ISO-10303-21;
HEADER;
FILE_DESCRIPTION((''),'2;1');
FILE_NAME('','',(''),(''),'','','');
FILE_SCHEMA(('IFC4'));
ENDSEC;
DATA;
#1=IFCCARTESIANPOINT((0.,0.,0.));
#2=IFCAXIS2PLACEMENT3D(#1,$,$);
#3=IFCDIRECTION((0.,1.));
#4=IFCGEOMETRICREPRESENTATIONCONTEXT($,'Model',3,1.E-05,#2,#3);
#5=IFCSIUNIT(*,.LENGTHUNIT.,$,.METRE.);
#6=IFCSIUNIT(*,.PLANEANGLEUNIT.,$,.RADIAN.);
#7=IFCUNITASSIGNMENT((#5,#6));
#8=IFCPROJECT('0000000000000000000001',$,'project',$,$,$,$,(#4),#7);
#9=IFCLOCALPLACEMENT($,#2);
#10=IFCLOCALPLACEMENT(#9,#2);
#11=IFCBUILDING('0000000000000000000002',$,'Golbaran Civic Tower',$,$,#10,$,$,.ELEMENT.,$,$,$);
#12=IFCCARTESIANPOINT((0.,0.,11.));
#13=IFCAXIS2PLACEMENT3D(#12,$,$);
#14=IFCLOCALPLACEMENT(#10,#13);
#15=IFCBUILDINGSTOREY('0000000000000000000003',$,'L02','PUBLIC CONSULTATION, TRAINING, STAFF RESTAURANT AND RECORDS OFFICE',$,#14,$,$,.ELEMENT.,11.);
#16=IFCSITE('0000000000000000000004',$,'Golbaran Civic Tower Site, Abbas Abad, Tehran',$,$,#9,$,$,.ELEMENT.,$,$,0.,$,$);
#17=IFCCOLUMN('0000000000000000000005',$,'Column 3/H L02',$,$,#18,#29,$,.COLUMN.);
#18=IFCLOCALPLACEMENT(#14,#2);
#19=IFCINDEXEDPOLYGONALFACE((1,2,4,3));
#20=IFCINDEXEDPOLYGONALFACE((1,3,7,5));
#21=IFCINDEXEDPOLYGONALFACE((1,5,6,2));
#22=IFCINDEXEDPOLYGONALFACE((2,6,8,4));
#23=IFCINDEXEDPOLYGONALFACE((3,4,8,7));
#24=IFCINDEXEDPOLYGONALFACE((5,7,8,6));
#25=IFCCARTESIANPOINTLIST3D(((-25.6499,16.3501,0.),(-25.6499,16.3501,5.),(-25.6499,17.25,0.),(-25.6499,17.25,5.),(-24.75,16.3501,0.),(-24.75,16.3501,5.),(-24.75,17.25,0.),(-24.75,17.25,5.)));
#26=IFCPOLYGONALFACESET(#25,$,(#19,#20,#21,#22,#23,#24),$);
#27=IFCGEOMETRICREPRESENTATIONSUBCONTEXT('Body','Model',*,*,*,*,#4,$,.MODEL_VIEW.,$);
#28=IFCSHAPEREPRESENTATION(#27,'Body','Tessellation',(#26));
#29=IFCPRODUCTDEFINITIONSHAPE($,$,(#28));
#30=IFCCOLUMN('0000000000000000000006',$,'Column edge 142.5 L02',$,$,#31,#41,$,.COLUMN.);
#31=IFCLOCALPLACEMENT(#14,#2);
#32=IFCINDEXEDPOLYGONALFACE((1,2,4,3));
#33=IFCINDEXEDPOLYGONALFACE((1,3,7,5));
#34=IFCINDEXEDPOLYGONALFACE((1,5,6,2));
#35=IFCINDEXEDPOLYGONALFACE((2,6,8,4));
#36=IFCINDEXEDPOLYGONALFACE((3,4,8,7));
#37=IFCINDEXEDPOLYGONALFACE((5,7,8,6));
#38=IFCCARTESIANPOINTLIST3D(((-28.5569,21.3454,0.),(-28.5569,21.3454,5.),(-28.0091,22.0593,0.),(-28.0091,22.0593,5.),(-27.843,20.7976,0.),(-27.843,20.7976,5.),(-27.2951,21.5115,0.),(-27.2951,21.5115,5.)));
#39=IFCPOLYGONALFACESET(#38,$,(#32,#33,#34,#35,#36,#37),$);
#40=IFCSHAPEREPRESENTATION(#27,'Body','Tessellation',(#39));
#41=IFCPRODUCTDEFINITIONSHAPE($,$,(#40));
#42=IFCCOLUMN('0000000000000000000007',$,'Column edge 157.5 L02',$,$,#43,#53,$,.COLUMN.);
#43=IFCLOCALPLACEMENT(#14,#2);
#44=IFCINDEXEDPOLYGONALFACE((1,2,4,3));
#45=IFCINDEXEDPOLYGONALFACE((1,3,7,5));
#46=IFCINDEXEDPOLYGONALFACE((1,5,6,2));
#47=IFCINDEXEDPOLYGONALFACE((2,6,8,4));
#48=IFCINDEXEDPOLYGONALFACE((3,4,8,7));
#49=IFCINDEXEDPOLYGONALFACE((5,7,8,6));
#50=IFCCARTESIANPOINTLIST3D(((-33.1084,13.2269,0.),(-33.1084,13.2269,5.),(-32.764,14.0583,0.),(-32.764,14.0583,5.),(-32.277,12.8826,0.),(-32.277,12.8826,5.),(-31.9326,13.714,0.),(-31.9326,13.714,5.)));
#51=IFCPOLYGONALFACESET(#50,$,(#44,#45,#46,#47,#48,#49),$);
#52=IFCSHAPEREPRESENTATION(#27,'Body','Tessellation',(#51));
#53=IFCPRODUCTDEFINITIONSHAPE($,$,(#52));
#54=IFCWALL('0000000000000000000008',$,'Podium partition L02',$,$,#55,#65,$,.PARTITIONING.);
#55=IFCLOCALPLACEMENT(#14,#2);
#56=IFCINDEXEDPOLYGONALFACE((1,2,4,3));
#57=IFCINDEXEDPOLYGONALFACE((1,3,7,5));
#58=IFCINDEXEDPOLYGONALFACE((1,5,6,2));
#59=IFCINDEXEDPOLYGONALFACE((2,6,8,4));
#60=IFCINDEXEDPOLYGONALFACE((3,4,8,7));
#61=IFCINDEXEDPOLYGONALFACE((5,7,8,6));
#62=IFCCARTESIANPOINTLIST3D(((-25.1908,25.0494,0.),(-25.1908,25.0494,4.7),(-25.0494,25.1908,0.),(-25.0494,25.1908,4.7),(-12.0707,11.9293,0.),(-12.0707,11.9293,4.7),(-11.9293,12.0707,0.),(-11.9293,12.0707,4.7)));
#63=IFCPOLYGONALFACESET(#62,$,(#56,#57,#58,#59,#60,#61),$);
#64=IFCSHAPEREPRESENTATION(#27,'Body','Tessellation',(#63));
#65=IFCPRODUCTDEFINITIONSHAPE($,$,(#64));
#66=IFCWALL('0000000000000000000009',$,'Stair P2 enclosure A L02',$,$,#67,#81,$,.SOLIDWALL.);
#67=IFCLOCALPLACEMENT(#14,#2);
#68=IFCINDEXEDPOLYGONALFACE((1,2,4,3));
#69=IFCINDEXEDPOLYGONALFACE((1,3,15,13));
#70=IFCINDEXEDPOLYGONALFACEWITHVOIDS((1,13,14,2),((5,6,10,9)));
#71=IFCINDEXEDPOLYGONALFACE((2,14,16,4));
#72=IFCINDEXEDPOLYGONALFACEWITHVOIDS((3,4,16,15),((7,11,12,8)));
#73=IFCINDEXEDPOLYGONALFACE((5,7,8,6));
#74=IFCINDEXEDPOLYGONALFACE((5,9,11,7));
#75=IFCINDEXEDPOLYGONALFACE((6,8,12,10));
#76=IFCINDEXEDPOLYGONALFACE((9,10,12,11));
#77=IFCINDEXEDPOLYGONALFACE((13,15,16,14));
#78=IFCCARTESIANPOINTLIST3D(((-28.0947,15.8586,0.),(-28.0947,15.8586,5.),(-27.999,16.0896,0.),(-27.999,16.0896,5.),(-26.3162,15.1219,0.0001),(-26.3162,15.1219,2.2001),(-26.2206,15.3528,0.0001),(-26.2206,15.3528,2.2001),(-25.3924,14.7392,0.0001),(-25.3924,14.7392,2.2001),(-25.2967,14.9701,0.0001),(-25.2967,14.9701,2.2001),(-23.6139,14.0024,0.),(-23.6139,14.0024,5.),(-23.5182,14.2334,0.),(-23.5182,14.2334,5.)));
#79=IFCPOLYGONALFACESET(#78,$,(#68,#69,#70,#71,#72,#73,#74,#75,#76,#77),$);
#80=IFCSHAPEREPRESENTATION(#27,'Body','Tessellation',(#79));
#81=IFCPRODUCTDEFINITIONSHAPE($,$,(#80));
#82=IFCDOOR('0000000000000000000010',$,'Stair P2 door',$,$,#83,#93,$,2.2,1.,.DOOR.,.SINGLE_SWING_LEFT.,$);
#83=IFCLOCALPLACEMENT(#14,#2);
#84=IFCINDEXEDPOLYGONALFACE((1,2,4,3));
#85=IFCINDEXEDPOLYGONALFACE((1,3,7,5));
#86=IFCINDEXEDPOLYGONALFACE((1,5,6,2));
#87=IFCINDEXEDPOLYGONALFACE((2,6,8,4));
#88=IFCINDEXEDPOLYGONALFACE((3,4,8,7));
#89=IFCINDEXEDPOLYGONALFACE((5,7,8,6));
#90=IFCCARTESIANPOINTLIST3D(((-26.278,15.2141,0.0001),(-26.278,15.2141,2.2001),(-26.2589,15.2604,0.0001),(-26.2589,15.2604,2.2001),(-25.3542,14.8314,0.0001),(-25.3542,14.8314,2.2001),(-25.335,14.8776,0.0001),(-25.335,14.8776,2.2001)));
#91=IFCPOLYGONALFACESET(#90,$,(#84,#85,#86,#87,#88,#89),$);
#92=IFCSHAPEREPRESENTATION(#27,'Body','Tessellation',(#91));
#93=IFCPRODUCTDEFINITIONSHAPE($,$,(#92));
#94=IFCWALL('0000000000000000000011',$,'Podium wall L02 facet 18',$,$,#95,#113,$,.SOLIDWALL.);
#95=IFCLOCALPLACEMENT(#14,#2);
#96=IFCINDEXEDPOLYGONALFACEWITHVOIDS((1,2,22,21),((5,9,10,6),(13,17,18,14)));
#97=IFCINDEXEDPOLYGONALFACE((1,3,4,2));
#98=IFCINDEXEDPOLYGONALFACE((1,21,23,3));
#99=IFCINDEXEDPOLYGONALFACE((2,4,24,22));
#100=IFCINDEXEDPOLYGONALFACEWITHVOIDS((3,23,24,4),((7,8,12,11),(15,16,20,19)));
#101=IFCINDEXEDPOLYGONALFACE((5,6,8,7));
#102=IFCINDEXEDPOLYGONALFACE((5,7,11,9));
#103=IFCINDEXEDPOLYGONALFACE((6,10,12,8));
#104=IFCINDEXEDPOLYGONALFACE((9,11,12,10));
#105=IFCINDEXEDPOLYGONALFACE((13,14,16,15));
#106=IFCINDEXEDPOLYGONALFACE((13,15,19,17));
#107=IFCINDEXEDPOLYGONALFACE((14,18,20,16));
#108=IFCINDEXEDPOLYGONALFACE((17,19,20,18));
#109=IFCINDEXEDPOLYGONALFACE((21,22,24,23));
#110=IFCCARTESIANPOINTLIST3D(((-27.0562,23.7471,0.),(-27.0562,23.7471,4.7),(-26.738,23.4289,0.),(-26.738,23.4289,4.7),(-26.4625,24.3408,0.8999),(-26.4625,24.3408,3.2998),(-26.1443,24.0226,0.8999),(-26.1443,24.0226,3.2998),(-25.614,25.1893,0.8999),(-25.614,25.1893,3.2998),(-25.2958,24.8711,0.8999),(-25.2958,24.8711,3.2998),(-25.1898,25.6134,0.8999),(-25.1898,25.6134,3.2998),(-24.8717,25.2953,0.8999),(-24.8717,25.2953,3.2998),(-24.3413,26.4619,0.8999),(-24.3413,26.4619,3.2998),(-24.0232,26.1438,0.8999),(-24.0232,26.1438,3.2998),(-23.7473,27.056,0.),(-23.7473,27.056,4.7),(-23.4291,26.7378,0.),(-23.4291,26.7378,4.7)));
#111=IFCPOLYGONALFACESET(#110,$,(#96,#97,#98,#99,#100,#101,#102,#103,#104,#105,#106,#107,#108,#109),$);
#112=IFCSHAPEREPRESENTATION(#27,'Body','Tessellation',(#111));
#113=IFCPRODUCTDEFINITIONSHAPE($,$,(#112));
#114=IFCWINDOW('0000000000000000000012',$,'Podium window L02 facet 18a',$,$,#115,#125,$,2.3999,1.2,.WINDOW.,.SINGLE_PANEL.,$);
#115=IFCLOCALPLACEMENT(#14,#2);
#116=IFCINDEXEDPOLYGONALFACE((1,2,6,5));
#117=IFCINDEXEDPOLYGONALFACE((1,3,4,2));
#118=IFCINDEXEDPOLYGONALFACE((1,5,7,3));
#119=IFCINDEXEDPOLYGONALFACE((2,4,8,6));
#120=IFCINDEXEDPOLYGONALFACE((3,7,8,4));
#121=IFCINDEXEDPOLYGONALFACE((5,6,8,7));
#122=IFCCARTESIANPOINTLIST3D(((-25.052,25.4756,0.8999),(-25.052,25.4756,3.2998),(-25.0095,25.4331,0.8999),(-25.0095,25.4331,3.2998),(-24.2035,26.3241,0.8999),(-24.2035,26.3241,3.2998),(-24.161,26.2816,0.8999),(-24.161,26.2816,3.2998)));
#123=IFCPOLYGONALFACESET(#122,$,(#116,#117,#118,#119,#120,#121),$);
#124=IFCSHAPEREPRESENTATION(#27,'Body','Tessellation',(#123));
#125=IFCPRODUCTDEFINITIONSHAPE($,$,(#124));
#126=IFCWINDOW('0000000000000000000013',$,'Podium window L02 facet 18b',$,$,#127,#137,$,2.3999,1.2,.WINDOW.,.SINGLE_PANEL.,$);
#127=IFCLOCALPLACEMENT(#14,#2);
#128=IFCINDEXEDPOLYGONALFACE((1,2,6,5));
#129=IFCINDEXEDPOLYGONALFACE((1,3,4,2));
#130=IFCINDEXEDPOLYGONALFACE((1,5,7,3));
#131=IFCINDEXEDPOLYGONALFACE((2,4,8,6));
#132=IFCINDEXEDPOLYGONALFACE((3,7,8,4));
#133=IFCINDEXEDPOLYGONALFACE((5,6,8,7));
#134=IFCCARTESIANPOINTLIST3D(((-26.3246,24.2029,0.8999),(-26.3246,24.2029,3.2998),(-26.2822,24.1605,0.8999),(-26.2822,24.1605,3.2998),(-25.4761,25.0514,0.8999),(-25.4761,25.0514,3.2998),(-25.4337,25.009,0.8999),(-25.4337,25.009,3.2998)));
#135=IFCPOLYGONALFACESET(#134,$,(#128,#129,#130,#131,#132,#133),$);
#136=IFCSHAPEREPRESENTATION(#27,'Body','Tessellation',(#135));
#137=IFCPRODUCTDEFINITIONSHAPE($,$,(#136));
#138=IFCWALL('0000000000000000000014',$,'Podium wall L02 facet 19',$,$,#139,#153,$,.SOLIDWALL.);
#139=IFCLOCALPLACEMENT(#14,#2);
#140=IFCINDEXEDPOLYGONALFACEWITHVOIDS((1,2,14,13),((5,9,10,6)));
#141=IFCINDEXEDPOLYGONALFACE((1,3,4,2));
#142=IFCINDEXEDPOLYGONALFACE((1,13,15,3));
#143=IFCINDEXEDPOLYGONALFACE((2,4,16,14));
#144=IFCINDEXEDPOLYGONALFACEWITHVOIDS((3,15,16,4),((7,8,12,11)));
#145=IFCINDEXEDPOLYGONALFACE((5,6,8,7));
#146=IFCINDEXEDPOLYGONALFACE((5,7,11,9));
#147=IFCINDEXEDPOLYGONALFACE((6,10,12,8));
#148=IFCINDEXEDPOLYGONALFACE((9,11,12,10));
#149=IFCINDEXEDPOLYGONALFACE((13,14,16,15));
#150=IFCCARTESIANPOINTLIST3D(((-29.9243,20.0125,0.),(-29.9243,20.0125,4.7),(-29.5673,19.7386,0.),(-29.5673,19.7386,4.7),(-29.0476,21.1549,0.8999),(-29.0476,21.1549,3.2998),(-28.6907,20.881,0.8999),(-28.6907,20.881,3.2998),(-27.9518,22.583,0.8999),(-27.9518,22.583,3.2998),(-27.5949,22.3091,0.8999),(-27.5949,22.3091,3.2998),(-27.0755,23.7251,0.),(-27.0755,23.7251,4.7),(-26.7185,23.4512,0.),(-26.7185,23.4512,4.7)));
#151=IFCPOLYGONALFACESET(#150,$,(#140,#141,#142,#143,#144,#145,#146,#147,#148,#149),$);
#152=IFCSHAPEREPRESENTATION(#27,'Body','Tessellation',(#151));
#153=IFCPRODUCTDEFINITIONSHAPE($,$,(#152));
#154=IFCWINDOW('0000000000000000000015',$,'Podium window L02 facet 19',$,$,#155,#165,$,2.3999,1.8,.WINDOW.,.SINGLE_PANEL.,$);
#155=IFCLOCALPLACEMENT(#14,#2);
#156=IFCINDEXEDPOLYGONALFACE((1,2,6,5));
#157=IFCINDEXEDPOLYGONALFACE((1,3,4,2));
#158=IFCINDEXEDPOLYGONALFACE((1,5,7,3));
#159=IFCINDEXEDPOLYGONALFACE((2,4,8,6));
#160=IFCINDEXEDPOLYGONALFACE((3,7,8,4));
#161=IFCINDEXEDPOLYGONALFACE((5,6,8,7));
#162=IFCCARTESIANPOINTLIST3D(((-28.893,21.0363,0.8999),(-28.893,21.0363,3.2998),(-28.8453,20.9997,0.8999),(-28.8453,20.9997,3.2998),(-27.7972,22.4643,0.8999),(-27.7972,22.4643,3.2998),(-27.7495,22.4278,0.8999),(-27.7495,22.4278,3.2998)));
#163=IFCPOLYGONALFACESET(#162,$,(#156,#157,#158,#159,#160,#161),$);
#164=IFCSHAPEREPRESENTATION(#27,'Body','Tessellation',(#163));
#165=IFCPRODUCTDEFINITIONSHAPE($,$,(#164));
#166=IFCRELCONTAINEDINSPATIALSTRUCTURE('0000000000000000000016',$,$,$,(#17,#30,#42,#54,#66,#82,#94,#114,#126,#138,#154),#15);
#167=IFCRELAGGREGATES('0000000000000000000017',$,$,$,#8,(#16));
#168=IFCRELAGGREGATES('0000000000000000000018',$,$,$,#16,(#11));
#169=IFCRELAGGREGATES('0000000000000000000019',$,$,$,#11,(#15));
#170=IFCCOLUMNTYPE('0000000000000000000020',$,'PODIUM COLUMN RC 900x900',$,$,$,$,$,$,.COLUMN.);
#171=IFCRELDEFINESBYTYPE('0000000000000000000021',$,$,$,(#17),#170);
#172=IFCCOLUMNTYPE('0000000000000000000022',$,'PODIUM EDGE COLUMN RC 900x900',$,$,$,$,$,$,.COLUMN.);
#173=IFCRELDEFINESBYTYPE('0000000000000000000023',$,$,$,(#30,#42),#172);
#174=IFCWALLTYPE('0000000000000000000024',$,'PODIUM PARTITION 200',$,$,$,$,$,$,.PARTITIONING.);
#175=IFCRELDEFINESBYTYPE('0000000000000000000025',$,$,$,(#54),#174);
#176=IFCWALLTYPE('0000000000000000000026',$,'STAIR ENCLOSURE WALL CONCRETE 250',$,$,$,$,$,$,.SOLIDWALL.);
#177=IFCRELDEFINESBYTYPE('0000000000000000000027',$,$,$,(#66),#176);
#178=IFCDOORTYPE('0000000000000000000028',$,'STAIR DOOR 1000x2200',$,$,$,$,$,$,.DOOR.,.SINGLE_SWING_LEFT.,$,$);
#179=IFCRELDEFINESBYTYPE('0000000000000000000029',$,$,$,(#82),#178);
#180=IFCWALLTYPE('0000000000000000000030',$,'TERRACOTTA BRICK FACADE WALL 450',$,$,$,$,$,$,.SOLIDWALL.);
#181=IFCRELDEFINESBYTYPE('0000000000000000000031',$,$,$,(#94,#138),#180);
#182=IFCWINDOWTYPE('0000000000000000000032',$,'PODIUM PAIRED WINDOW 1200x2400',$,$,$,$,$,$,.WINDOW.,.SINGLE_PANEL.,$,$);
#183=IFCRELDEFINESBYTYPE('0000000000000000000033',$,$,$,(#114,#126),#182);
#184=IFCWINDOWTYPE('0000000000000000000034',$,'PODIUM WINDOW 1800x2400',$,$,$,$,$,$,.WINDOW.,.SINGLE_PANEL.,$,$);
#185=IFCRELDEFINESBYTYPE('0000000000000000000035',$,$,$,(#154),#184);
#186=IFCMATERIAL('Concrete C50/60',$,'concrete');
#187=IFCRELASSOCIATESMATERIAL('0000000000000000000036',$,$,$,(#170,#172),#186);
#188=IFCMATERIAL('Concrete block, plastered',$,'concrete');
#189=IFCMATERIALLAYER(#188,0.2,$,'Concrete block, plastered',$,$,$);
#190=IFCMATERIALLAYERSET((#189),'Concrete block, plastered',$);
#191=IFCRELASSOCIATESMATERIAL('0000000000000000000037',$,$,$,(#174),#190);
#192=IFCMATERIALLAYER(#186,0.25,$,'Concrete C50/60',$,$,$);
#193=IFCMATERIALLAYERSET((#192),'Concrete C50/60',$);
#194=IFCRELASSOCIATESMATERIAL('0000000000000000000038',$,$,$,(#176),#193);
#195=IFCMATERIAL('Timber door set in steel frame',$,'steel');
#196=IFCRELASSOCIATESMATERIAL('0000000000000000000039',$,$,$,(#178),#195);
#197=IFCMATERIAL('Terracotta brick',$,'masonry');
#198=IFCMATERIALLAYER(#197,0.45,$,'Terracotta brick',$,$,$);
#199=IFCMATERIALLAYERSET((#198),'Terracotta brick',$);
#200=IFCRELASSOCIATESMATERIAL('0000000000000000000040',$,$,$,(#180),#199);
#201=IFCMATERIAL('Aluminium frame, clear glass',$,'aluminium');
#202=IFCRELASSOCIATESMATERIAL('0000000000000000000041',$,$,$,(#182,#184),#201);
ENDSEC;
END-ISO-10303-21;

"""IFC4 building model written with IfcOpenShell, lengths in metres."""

from ifc_helpers import new_model, si_unit, direction, frame, frame_2d, origin, origin_2d, place, context, subcontext, project, spatial, rectangle, extrude, material, layer, layer_set, material_profile, profile_set, type_object, element, fill, save


model = new_model("IFC4")

# Units and contexts
model_context = context("Model", 3, precision=1e-05, world=origin(), true_north=direction((0.0, 1.0)))
body_context = subcontext(model_context, "Body", "Model", "MODEL_VIEW")
ifc_project = project(units=[si_unit("LENGTHUNIT", "METRE"), si_unit("PLANEANGLEUNIT", "RADIAN")], contexts=[model_context])

# Site, building, storey
site_placement = place(None, origin())
site = spatial("IfcSite", under=ifc_project, at=site_placement, Name="Golbaran Civic Tower Site, Abbas Abad, Tehran", CompositionType="ELEMENT", RefElevation=0.0)
building_placement = place(site_placement, origin())
building = spatial("IfcBuilding", under=site, at=building_placement, Name="Golbaran Civic Tower", CompositionType="ELEMENT")
storey_placement = place(building_placement, frame((0.0, 0.0, 11.0)))
storey = spatial("IfcBuildingStorey", under=building, at=storey_placement, Name="L02", Description="PUBLIC CONSULTATION, TRAINING, STAFF RESTAURANT AND RECORDS OFFICE", CompositionType="ELEMENT", Elevation=11.0)

# Columns
ifc_material_1 = material(Name="Concrete C50/60", Category="concrete")
ifc_material_profile_1 = material_profile(ifc_material_1, rectangle(XDim=0.8999, YDim=0.8999, at=origin_2d()), Name="RC 900x900")
ifc_profile_set_1 = profile_set([ifc_material_profile_1], Name="Concrete C50/60")
column_type_1 = type_object("IfcColumnType", Name="PODIUM COLUMN RC 900x900", PredefinedType="COLUMN", material=ifc_profile_set_1)
column_placement = place(storey_placement, frame((-25.2, 16.8, 0.0), z_axis=(0.0, 0.0, 1.0), x_axis=(1.0, 0.0, 0.0)))
element("IfcColumn", 1, at=column_placement, inside=storey, type_object=column_type_1, Name="Column 3/H L02", PredefinedType="COLUMN", context=body_context, shape_type="SweptSolid", body=[
    extrude(rectangle(XDim=0.8999, YDim=0.8999, at=origin_2d()), origin(), (0.0, 0.0, 1.0), 5.0),
])
ifc_material_profile_2 = material_profile(ifc_material_1, rectangle(XDim=0.8999, YDim=0.8999, at=origin_2d()), Name="RC 900x900")
ifc_profile_set_2 = profile_set([ifc_material_profile_2], Name="Concrete C50/60")
column_type_2 = type_object("IfcColumnType", Name="PODIUM EDGE COLUMN RC 900x900", PredefinedType="COLUMN", material=ifc_profile_set_2)
for number, where, z_axis, x_axis, name in (
    (2, (-27.926, 21.4285, 0.0), (0.0, 0.0, 1.0), (-0.793353, 0.608761, 0.0), "Column edge 142.5 L02"),
    (3, (-32.5205, 13.4705, 0.0), (0.0, 0.0, 1.0), (-0.92388, 0.382683, 0.0), "Column edge 157.5 L02"),
):
    element("IfcColumn", number, at=place(storey_placement, frame(where, z_axis=z_axis, x_axis=x_axis)), inside=storey, type_object=column_type_2, Name=name, PredefinedType="COLUMN", context=body_context, shape_type="SweptSolid", body=[
        extrude(rectangle(XDim=0.8999, YDim=0.8999, at=origin_2d()), origin(), (0.0, 0.0, 1.0), 5.0),
    ])

# Wall
ifc_material_2 = material(Name="Concrete block, plastered", Category="concrete")
ifc_layer_1 = layer(ifc_material_2, 0.2, Name="Concrete block, plastered")
ifc_layer_set_1 = layer_set([ifc_layer_1], Name="Concrete block, plastered")
wall_type_1 = type_object("IfcWallType", Name="PODIUM PARTITION 200", PredefinedType="PARTITIONING", material=ifc_layer_set_1)
wall_1_placement = place(storey_placement, frame((-25.1201, 25.1201, 0.0), z_axis=(0.0, 0.0, 1.0), x_axis=(0.707107, -0.707107, 0.0)))
element("IfcWall", 4, at=wall_1_placement, inside=storey, type_object=wall_type_1, Name="Podium partition L02", PredefinedType="PARTITIONING", context=body_context, shape_type="SweptSolid", body=[
    extrude(rectangle(XDim=18.5547, YDim=0.2, at=frame_2d((9.2773, 0.0))), origin(), (0.0, 0.0, 1.0), 4.7),
])

# Wall, opening, door
ifc_layer_2 = layer(ifc_material_1, 0.25, Name="Concrete C50/60")
ifc_layer_set_2 = layer_set([ifc_layer_2], Name="Concrete C50/60")
wall_type_2 = type_object("IfcWallType", Name="STAIR ENCLOSURE WALL CONCRETE 250", PredefinedType="SOLIDWALL", material=ifc_layer_set_2)
wall_2_placement = place(storey_placement, frame((-28.0469, 15.9741, 0.0), z_axis=(0.0, 0.0, 1.0), x_axis=(0.923863, -0.382724, 0.0)))
wall_2 = element("IfcWall", 5, at=wall_2_placement, inside=storey, type_object=wall_type_2, Name="Stair P2 enclosure A L02", PredefinedType="SOLIDWALL", context=body_context, shape_type="SweptSolid", body=[
    extrude(rectangle(XDim=4.8501, YDim=0.25, at=frame_2d((2.425, 0.0))), origin(), (0.0, 0.0, 1.0), 5.0),
])
opening_1_placement = place(wall_2_placement, frame((1.925, 0.0, 0.0)))
opening_1 = element("IfcOpeningElement", 6, at=opening_1_placement, cuts=wall_2, PredefinedType="OPENING", context=body_context, shape_type="SweptSolid", body=[
    extrude(rectangle(XDim=1.0, YDim=2.2, at=frame_2d((0.5, 1.1001))), frame((0.0, 0.135, 0.0), z_axis=(0.0, -1.0, 0.0), x_axis=(1.0, 0.0, 0.0)), (0.0, 0.0, 1.0), 0.27),
])
ifc_material_3 = material(Name="Timber door set in steel frame", Category="steel")
door_type = type_object("IfcDoorType", Name="STAIR DOOR 1000x2200", OperationType="SINGLE_SWING_LEFT", PredefinedType="DOOR", material=ifc_material_3)
door_placement = place(opening_1_placement, origin())
door = element("IfcDoor", 7, at=door_placement, inside=storey, type_object=door_type, Name="Stair P2 door", OperationType="SINGLE_SWING_LEFT", OverallHeight=2.2, OverallWidth=1.0, PredefinedType="DOOR", context=body_context, shape_type="SweptSolid", body=[
    extrude(rectangle(XDim=1.0, YDim=2.2, at=frame_2d((0.5, 1.1001))), frame((0.0, 0.0249, 0.0), z_axis=(0.0, -1.0, 0.0), x_axis=(1.0, 0.0, 0.0)), (0.0, 0.0, 1.0), 0.05),
])
fill(opening_1, door)

# Wall, openings, windows
ifc_material_4 = material(Name="Terracotta brick", Category="masonry")
ifc_layer_3 = layer(ifc_material_4, 0.45, Name="Terracotta brick")
ifc_layer_set_3 = layer_set([ifc_layer_3], Name="Terracotta brick")
wall_type_3 = type_object("IfcWallType", Name="TERRACOTTA BRICK FACADE WALL 450", PredefinedType="SOLIDWALL", material=ifc_layer_set_3)
wall_3_placement = place(storey_placement, frame((-23.5881, 26.897, 0.0), z_axis=(0.0, 0.0, 1.0), x_axis=(-0.707107, -0.707107, 0.0)))
wall_3 = element("IfcWall", 8, at=wall_3_placement, inside=storey, type_object=wall_type_3, Name="Podium wall L02 facet 18", PredefinedType="SOLIDWALL", context=body_context, shape_type="SweptSolid", body=[
    extrude(rectangle(XDim=4.6794, YDim=0.45, at=frame_2d((2.3398, 0.0))), origin(), (0.0, 0.0, 1.0), 4.7),
])
opening_2_placement = place(wall_3_placement, frame((0.8401, 0.0, 0.8999)))
opening_2 = element("IfcOpeningElement", 9, at=opening_2_placement, cuts=wall_3, PredefinedType="OPENING", context=body_context, shape_type="SweptSolid", body=[
    extrude(rectangle(XDim=1.2, YDim=2.3999, at=frame_2d((0.6001, 1.2))), frame((0.0, 0.2349, 0.0), z_axis=(0.0, -1.0, 0.0), x_axis=(1.0, 0.0, 0.0)), (0.0, 0.0, 1.0), 0.47),
])
opening_3_placement = place(wall_3_placement, frame((2.6399, 0.0, 0.8999)))
opening_3 = element("IfcOpeningElement", 10, at=opening_3_placement, cuts=wall_3, PredefinedType="OPENING", context=body_context, shape_type="SweptSolid", body=[
    extrude(rectangle(XDim=1.2, YDim=2.3999, at=frame_2d((0.6001, 1.2))), frame((0.0, 0.2349, 0.0), z_axis=(0.0, -1.0, 0.0), x_axis=(1.0, 0.0, 0.0)), (0.0, 0.0, 1.0), 0.47),
])
ifc_material_5 = material(Name="Aluminium frame, clear glass", Category="aluminium")
window_type_1 = type_object("IfcWindowType", Name="PODIUM PAIRED WINDOW 1200x2400", PartitioningType="SINGLE_PANEL", PredefinedType="WINDOW", material=ifc_material_5)
window_1_placement = place(opening_2_placement, origin())
window_1 = element("IfcWindow", 11, at=window_1_placement, inside=storey, type_object=window_type_1, Name="Podium window L02 facet 18a", OverallHeight=2.3999, OverallWidth=1.2, PartitioningType="SINGLE_PANEL", PredefinedType="WINDOW", context=body_context, shape_type="SweptSolid", body=[
    extrude(rectangle(XDim=1.2, YDim=2.3999, at=frame_2d((0.6001, 1.2))), frame((0.0, 0.03, 0.0), z_axis=(0.0, -1.0, 0.0), x_axis=(1.0, 0.0, 0.0)), (0.0, 0.0, 1.0), 0.0601),
])
fill(opening_2, window_1)
window_2_placement = place(opening_3_placement, origin())
window_2 = element("IfcWindow", 12, at=window_2_placement, inside=storey, type_object=window_type_1, Name="Podium window L02 facet 18b", OverallHeight=2.3999, OverallWidth=1.2, PartitioningType="SINGLE_PANEL", PredefinedType="WINDOW", context=body_context, shape_type="SweptSolid", body=[
    extrude(rectangle(XDim=1.2, YDim=2.3999, at=frame_2d((0.6001, 1.2))), frame((0.0, 0.03, 0.0), z_axis=(0.0, -1.0, 0.0), x_axis=(1.0, 0.0, 0.0)), (0.0, 0.0, 1.0), 0.0601),
])
fill(opening_3, window_2)

# Wall, opening, window
wall_4_placement = place(storey_placement, frame((-26.897, 23.5881, 0.0), z_axis=(0.0, 0.0, 1.0), x_axis=(-0.60877, -0.793347, 0.0)))
wall_4 = element("IfcWall", 13, at=wall_4_placement, inside=storey, type_object=wall_type_3, Name="Podium wall L02 facet 19", PredefinedType="SOLIDWALL", context=body_context, shape_type="SweptSolid", body=[
    extrude(rectangle(XDim=4.6797, YDim=0.45, at=frame_2d((2.3398, 0.0))), origin(), (0.0, 0.0, 1.0), 4.7),
])
opening_4_placement = place(wall_4_placement, frame((1.4397, 0.0, 0.8999)))
opening_4 = element("IfcOpeningElement", 14, at=opening_4_placement, cuts=wall_4, PredefinedType="OPENING", context=body_context, shape_type="SweptSolid", body=[
    extrude(rectangle(XDim=1.8, YDim=2.3999, at=frame_2d((0.8999, 1.2))), frame((0.0, 0.2349, 0.0), z_axis=(0.0, -1.0, 0.0), x_axis=(1.0, 0.0, 0.0)), (0.0, 0.0, 1.0), 0.47),
])
window_type_2 = type_object("IfcWindowType", Name="PODIUM WINDOW 1800x2400", PartitioningType="SINGLE_PANEL", PredefinedType="WINDOW", material=ifc_material_5)
window_3_placement = place(opening_4_placement, origin())
window_3 = element("IfcWindow", 15, at=window_3_placement, inside=storey, type_object=window_type_2, Name="Podium window L02 facet 19", OverallHeight=2.3999, OverallWidth=1.8, PartitioningType="SINGLE_PANEL", PredefinedType="WINDOW", context=body_context, shape_type="SweptSolid", body=[
    extrude(rectangle(XDim=1.8, YDim=2.3999, at=frame_2d((0.8999, 1.2))), frame((0.0, 0.03, 0.0), z_axis=(0.0, -1.0, 0.0), x_axis=(1.0, 0.0, 0.0)), (0.0, 0.0, 1.0), 0.0601),
])
fill(opening_4, window_3)

save(model, "model.ifc")
